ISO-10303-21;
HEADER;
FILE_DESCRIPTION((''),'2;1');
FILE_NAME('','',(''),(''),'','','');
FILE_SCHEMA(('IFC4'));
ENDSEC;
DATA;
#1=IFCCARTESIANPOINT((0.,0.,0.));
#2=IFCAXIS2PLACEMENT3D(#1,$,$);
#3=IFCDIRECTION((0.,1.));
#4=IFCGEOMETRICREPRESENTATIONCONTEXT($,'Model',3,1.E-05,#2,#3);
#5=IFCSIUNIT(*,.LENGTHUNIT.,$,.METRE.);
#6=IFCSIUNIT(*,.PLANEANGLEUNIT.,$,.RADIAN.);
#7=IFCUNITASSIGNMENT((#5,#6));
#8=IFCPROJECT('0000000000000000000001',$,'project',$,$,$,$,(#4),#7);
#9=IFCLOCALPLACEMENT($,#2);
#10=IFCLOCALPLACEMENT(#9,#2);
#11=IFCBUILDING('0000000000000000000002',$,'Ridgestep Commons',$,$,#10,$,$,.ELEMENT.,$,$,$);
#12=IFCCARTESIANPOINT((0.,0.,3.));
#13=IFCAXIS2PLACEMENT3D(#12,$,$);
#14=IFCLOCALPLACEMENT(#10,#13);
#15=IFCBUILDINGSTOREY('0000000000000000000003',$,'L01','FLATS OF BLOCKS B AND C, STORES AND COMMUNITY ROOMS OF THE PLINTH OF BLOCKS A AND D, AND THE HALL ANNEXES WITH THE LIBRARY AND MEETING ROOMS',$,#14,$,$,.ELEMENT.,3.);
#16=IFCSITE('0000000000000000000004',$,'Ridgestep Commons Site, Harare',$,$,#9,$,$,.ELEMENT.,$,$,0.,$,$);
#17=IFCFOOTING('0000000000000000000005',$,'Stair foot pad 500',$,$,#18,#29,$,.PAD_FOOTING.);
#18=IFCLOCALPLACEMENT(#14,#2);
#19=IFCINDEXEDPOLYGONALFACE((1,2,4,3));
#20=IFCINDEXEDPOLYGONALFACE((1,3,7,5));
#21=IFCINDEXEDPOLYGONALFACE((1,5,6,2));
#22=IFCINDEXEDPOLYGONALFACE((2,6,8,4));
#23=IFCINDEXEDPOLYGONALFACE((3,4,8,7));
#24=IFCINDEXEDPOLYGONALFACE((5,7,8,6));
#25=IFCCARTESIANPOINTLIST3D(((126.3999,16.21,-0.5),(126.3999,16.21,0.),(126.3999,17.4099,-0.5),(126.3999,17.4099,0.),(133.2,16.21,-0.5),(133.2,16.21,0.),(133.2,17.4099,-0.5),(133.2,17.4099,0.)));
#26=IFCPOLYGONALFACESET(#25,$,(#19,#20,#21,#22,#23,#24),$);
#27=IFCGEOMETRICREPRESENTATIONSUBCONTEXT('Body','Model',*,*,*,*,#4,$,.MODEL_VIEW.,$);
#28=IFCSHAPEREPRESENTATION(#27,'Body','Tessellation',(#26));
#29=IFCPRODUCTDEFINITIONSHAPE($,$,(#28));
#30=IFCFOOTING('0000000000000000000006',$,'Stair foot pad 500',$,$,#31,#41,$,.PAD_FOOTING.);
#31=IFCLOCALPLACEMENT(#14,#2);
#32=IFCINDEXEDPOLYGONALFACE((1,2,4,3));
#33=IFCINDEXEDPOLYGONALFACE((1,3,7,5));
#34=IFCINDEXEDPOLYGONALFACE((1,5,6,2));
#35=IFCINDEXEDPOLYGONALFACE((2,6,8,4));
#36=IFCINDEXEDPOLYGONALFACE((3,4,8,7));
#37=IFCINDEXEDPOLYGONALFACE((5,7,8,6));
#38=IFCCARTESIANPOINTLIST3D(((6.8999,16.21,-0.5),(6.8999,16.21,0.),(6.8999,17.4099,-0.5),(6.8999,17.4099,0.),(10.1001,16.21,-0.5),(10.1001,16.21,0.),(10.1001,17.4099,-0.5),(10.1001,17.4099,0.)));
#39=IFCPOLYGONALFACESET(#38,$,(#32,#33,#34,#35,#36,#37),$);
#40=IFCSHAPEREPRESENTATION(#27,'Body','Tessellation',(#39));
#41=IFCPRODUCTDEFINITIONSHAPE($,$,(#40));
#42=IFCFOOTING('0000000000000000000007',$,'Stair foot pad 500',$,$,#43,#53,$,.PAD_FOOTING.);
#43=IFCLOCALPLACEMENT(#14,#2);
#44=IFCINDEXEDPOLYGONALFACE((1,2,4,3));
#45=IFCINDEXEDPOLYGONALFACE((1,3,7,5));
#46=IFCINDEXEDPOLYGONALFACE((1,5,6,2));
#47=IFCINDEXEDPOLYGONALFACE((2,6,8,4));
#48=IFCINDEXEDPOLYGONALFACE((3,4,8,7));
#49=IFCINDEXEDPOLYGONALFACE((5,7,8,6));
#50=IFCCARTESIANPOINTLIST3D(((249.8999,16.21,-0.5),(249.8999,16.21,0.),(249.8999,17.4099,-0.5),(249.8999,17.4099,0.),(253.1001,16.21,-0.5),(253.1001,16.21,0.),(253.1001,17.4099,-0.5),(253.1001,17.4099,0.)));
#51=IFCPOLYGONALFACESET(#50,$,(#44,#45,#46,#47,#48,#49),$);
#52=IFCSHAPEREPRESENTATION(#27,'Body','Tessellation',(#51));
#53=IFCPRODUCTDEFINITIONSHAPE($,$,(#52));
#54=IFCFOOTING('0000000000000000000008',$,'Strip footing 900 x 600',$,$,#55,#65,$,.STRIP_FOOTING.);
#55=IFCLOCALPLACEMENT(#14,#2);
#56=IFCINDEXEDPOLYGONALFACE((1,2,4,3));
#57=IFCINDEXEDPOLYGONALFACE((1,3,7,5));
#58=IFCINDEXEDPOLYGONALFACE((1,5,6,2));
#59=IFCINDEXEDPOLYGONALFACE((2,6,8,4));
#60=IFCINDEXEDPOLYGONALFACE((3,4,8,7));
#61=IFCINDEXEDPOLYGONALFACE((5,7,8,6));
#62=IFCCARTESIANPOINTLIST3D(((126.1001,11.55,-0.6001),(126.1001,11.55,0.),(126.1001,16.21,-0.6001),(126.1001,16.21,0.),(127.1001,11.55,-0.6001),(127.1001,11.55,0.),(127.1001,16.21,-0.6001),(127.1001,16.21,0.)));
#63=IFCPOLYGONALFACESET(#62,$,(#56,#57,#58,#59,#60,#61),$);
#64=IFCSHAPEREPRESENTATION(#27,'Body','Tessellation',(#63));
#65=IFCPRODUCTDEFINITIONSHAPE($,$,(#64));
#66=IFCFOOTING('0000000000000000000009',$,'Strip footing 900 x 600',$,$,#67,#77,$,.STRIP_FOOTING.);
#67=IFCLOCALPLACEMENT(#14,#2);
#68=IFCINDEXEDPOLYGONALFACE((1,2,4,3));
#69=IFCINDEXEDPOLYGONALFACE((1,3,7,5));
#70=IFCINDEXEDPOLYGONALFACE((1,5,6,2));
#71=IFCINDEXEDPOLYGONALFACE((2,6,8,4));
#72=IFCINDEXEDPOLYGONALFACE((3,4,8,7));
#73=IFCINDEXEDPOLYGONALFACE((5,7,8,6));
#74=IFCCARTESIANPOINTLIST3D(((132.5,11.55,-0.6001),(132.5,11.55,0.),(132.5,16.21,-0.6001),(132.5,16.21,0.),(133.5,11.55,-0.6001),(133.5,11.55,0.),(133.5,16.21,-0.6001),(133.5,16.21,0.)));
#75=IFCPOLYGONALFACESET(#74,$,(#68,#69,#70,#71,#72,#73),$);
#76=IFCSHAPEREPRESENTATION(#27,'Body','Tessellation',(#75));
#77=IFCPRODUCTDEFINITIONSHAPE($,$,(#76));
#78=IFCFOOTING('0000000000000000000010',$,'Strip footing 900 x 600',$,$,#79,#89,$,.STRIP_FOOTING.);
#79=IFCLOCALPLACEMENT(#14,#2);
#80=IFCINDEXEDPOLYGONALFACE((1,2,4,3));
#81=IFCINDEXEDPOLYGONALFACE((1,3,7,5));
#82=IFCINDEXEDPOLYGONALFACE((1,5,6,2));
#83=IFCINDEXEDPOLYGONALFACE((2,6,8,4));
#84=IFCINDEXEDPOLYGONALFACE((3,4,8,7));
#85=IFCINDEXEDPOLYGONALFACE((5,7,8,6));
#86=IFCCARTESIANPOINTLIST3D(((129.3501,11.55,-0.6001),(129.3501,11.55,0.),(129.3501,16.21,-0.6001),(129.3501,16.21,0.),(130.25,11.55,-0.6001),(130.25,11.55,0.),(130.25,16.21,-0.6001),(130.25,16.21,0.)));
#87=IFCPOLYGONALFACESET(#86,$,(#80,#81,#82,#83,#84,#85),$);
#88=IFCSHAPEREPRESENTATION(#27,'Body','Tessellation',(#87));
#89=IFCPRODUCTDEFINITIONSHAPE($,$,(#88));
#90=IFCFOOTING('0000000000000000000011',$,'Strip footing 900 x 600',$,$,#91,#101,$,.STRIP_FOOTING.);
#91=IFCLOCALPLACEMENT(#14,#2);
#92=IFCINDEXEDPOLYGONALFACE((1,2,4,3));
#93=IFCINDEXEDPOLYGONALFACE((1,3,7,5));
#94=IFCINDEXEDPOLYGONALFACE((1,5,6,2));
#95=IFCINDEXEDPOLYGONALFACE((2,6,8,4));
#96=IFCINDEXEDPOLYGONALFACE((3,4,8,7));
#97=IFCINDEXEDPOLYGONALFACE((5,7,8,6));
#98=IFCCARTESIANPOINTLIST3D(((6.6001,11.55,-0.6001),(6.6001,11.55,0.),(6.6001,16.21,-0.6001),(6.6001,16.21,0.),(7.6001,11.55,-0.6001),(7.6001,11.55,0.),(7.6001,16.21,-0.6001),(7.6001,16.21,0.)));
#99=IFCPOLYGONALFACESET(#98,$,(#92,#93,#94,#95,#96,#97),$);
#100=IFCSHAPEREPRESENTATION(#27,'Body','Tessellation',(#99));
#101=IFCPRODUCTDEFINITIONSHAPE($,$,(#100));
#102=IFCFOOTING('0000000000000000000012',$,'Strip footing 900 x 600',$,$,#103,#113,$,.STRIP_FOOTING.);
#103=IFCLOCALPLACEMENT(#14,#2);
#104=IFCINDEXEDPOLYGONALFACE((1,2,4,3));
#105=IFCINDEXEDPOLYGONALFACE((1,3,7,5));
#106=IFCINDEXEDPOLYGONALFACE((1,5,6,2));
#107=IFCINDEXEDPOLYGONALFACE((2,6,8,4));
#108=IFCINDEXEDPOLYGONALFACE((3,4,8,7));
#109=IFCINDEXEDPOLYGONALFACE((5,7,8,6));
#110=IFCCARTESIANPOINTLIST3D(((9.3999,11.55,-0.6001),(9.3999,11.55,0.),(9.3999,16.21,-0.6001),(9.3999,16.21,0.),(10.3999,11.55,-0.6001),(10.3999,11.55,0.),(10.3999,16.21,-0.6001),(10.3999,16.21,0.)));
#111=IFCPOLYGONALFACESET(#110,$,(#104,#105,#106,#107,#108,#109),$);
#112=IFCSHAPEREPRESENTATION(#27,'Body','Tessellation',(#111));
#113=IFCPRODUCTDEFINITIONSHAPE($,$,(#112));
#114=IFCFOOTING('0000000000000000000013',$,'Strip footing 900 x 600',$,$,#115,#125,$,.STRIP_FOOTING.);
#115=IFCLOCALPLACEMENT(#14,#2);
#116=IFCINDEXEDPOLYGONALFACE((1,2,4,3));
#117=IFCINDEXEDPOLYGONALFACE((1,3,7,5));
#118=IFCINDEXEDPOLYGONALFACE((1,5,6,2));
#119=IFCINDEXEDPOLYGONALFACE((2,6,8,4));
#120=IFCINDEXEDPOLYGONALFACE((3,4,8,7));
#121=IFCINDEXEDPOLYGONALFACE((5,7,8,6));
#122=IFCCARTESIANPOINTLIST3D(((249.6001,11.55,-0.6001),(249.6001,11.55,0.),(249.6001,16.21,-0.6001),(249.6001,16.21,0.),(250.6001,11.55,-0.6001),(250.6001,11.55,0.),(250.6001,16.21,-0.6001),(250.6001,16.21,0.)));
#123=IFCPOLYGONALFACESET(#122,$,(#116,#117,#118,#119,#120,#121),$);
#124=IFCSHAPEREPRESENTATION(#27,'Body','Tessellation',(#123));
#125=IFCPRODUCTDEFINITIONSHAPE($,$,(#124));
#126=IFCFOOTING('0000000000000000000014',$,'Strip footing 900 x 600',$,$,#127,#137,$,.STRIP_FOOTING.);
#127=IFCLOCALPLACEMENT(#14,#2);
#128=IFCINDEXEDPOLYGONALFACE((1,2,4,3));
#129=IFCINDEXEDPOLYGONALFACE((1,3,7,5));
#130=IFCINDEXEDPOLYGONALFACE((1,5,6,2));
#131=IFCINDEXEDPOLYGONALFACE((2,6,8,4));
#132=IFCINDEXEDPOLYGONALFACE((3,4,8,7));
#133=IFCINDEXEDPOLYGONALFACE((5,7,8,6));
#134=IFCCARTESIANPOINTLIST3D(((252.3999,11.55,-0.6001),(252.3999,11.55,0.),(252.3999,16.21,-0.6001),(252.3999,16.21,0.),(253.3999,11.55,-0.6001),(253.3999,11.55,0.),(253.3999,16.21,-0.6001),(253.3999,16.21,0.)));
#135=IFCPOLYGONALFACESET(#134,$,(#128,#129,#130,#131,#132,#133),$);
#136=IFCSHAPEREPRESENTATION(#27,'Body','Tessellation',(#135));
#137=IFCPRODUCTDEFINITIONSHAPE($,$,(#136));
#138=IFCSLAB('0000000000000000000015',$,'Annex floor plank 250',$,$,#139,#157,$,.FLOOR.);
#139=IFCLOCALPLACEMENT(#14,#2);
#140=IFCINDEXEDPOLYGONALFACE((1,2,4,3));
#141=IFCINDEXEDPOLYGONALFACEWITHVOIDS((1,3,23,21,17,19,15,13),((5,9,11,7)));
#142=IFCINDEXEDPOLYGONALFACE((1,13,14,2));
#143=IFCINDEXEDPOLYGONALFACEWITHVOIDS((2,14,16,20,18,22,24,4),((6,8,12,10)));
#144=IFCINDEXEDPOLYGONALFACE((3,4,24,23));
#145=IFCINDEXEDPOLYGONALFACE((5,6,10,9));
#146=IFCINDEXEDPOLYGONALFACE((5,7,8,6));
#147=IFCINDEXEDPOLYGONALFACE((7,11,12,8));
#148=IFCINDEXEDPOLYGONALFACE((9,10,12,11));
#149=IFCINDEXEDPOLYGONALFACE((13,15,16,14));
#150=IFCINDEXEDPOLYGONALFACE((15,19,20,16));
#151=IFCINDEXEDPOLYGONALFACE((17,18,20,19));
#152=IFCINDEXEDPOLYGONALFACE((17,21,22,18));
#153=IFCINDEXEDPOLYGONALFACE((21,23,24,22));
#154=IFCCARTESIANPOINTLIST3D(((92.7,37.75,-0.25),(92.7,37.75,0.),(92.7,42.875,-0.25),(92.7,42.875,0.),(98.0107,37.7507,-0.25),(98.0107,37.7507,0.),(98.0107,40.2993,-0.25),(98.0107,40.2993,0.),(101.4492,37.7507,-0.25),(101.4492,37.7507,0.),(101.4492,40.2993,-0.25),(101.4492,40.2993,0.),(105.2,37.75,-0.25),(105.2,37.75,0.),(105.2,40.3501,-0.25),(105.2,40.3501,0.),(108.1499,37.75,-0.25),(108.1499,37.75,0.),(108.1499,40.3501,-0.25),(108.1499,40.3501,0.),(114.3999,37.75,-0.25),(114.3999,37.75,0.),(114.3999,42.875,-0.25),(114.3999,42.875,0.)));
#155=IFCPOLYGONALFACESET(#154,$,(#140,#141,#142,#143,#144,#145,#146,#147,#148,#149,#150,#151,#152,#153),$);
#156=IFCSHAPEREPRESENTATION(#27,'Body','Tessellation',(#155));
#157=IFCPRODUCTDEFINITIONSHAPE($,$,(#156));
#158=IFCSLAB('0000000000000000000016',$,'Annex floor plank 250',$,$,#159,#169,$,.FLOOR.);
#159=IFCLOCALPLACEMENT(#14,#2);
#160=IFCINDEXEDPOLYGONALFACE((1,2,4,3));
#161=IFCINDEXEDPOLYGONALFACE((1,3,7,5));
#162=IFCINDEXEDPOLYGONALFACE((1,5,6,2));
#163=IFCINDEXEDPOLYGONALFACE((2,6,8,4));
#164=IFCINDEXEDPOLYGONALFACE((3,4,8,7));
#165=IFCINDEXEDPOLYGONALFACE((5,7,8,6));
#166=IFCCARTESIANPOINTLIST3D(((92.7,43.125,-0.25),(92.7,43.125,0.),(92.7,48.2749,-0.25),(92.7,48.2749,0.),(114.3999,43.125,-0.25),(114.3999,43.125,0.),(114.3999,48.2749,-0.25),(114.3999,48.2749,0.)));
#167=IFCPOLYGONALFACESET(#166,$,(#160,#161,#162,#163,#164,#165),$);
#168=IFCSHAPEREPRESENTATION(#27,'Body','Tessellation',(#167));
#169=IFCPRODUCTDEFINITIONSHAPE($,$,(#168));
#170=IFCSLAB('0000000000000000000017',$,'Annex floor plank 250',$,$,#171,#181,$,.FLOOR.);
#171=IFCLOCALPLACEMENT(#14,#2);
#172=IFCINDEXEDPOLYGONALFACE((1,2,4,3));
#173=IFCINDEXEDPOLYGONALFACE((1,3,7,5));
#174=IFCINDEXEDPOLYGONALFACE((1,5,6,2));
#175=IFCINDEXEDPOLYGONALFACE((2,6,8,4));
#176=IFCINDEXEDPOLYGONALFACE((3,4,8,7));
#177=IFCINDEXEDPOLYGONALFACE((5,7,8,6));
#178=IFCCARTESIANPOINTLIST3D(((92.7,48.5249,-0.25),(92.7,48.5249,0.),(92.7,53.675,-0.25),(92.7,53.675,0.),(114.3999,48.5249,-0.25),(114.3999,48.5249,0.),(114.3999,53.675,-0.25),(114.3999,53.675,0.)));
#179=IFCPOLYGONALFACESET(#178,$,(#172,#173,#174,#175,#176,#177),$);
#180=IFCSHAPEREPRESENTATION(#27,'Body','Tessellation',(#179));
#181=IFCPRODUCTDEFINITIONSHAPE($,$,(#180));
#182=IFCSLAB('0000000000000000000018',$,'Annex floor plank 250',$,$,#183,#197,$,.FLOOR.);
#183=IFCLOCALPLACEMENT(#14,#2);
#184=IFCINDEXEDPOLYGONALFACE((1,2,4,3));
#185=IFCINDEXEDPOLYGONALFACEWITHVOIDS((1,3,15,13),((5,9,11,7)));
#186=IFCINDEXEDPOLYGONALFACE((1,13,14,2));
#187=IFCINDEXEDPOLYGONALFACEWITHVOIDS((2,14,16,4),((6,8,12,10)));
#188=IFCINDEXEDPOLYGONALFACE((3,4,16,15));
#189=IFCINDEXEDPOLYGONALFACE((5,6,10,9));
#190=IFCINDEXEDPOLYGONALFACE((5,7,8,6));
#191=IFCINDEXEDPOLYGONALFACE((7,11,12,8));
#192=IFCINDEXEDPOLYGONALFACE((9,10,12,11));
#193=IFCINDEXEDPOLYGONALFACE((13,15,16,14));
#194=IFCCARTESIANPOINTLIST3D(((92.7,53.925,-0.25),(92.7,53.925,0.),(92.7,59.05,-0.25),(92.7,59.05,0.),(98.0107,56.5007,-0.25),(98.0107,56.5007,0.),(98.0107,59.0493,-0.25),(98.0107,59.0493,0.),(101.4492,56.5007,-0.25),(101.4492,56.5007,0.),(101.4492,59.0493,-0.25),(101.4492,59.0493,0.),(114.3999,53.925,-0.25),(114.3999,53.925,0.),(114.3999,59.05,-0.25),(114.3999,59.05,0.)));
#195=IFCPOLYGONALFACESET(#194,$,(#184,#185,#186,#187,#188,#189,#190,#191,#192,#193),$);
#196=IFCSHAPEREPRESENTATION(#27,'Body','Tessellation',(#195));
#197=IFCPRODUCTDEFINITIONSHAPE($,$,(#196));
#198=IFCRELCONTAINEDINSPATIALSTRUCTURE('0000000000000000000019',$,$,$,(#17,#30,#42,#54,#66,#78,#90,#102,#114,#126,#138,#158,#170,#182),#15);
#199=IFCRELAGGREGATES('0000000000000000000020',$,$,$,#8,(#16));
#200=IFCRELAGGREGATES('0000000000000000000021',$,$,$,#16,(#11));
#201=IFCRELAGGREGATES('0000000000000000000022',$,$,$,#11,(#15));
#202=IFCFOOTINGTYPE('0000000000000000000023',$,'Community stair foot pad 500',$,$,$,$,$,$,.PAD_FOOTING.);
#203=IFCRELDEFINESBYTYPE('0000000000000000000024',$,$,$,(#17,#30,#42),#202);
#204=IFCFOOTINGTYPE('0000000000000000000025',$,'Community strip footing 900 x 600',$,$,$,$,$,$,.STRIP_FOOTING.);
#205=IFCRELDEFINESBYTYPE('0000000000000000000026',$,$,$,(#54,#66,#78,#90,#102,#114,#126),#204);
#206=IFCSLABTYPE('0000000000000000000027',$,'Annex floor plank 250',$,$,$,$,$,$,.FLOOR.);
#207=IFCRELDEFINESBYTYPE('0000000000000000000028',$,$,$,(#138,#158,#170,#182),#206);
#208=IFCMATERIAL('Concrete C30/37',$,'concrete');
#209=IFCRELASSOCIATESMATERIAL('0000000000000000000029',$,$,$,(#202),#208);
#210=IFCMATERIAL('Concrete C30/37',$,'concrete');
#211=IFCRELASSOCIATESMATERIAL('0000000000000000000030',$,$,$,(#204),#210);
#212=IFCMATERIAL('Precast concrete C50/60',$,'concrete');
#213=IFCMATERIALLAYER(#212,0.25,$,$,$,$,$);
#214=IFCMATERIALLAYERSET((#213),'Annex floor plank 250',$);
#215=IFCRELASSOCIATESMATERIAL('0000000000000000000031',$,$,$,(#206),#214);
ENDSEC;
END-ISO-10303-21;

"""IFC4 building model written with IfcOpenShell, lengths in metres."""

from ifc_helpers import new_model, si_unit, direction, frame, origin, place, context, subcontext, project, spatial, polyline, outline, extrude, material, layer, layer_set, type_object, element, save


model = new_model("IFC4")

# Units and contexts
model_context = context("Model", 3, precision=1e-05, world=origin(), true_north=direction((0.0, 1.0)))
body_context = subcontext(model_context, "Body", "Model", "MODEL_VIEW")
ifc_project = project(units=[si_unit("LENGTHUNIT", "METRE"), si_unit("PLANEANGLEUNIT", "RADIAN")], contexts=[model_context])

# Site, building, storey
site_placement = place(None, origin())
site = spatial("IfcSite", under=ifc_project, at=site_placement, Name="Ridgestep Commons Site, Harare", CompositionType="ELEMENT", RefElevation=0.0)
building_placement = place(site_placement, origin())
building = spatial("IfcBuilding", under=site, at=building_placement, Name="Ridgestep Commons", CompositionType="ELEMENT")
storey_placement = place(building_placement, frame((0.0, 0.0, 3.0)))
storey = spatial("IfcBuildingStorey", under=building, at=storey_placement, Name="L01", Description="FLATS OF BLOCKS B AND C, STORES AND COMMUNITY ROOMS OF THE PLINTH OF BLOCKS A AND D, AND THE HALL ANNEXES WITH THE LIBRARY AND MEETING ROOMS", CompositionType="ELEMENT", Elevation=3.0)

# Footings
ifc_material_1 = material(Name="Concrete C30/37", Category="concrete")
footing_type_1 = type_object("IfcFootingType", Name="Community stair foot pad 500", PredefinedType="PAD_FOOTING", material=ifc_material_1)
footing_1_placement = place(storey_placement, frame((0.0, 0.0, -0.5)))
element("IfcFooting", 1, at=footing_1_placement, inside=storey, type_object=footing_type_1, Name="Stair foot pad 500", PredefinedType="PAD_FOOTING", context=body_context, shape_type="SweptSolid", body=[
    extrude(outline(polyline([(126.3999, 16.21), (133.2, 16.21), (133.2, 17.4099), (126.3999, 17.4099), (126.3999, 16.21)])), origin(), (0.0, 0.0, 1.0), 0.5),
])
footing_2_placement = place(storey_placement, frame((0.0, 0.0, -0.5)))
element("IfcFooting", 2, at=footing_2_placement, inside=storey, type_object=footing_type_1, Name="Stair foot pad 500", PredefinedType="PAD_FOOTING", context=body_context, shape_type="SweptSolid", body=[
    extrude(outline(polyline([(6.8999, 16.21), (10.1001, 16.21), (10.1001, 17.4099), (6.8999, 17.4099), (6.8999, 16.21)])), origin(), (0.0, 0.0, 1.0), 0.5),
])
footing_3_placement = place(storey_placement, frame((0.0, 0.0, -0.5)))
element("IfcFooting", 3, at=footing_3_placement, inside=storey, type_object=footing_type_1, Name="Stair foot pad 500", PredefinedType="PAD_FOOTING", context=body_context, shape_type="SweptSolid", body=[
    extrude(outline(polyline([(249.8999, 16.21), (253.1001, 16.21), (253.1001, 17.4099), (249.8999, 17.4099), (249.8999, 16.21)])), origin(), (0.0, 0.0, 1.0), 0.5),
])
ifc_material_2 = material(Name="Concrete C30/37", Category="concrete")
footing_type_2 = type_object("IfcFootingType", Name="Community strip footing 900 x 600", PredefinedType="STRIP_FOOTING", material=ifc_material_2)
footing_4_placement = place(storey_placement, frame((0.0, 0.0, -0.6001)))
element("IfcFooting", 4, at=footing_4_placement, inside=storey, type_object=footing_type_2, Name="Strip footing 900 x 600", PredefinedType="STRIP_FOOTING", context=body_context, shape_type="SweptSolid", body=[
    extrude(outline(polyline([(126.1001, 11.55), (127.1001, 11.55), (127.1001, 16.21), (126.1001, 16.21), (126.1001, 11.55)])), origin(), (0.0, 0.0, 1.0), 0.6001),
])
footing_5_placement = place(storey_placement, frame((0.0, 0.0, -0.6001)))
element("IfcFooting", 5, at=footing_5_placement, inside=storey, type_object=footing_type_2, Name="Strip footing 900 x 600", PredefinedType="STRIP_FOOTING", context=body_context, shape_type="SweptSolid", body=[
    extrude(outline(polyline([(132.5, 11.55), (133.5, 11.55), (133.5, 16.21), (132.5, 16.21), (132.5, 11.55)])), origin(), (0.0, 0.0, 1.0), 0.6001),
])
footing_6_placement = place(storey_placement, frame((0.0, 0.0, -0.6001)))
element("IfcFooting", 6, at=footing_6_placement, inside=storey, type_object=footing_type_2, Name="Strip footing 900 x 600", PredefinedType="STRIP_FOOTING", context=body_context, shape_type="SweptSolid", body=[
    extrude(outline(polyline([(129.3501, 11.55), (130.25, 11.55), (130.25, 16.21), (129.3501, 16.21), (129.3501, 11.55)])), origin(), (0.0, 0.0, 1.0), 0.6001),
])
footing_7_placement = place(storey_placement, frame((0.0, 0.0, -0.6001)))
element("IfcFooting", 7, at=footing_7_placement, inside=storey, type_object=footing_type_2, Name="Strip footing 900 x 600", PredefinedType="STRIP_FOOTING", context=body_context, shape_type="SweptSolid", body=[
    extrude(outline(polyline([(6.6001, 11.55), (7.6001, 11.55), (7.6001, 16.21), (6.6001, 16.21), (6.6001, 11.55)])), origin(), (0.0, 0.0, 1.0), 0.6001),
])
footing_8_placement = place(storey_placement, frame((0.0, 0.0, -0.6001)))
element("IfcFooting", 8, at=footing_8_placement, inside=storey, type_object=footing_type_2, Name="Strip footing 900 x 600", PredefinedType="STRIP_FOOTING", context=body_context, shape_type="SweptSolid", body=[
    extrude(outline(polyline([(9.3999, 11.55), (10.3999, 11.55), (10.3999, 16.21), (9.3999, 16.21), (9.3999, 11.55)])), origin(), (0.0, 0.0, 1.0), 0.6001),
])
footing_9_placement = place(storey_placement, frame((0.0, 0.0, -0.6001)))
element("IfcFooting", 9, at=footing_9_placement, inside=storey, type_object=footing_type_2, Name="Strip footing 900 x 600", PredefinedType="STRIP_FOOTING", context=body_context, shape_type="SweptSolid", body=[
    extrude(outline(polyline([(249.6001, 11.55), (250.6001, 11.55), (250.6001, 16.21), (249.6001, 16.21), (249.6001, 11.55)])), origin(), (0.0, 0.0, 1.0), 0.6001),
])
footing_10_placement = place(storey_placement, frame((0.0, 0.0, -0.6001)))
element("IfcFooting", 10, at=footing_10_placement, inside=storey, type_object=footing_type_2, Name="Strip footing 900 x 600", PredefinedType="STRIP_FOOTING", context=body_context, shape_type="SweptSolid", body=[
    extrude(outline(polyline([(252.3999, 11.55), (253.3999, 11.55), (253.3999, 16.21), (252.3999, 16.21), (252.3999, 11.55)])), origin(), (0.0, 0.0, 1.0), 0.6001),
])

# Slabs
ifc_material_3 = material(Name="Precast concrete C50/60", Category="concrete")
ifc_layer_1 = layer(ifc_material_3, 0.25)
ifc_layer_set_1 = layer_set([ifc_layer_1], Name="Annex floor plank 250")
slab_type_1 = type_object("IfcSlabType", Name="Annex floor plank 250", PredefinedType="FLOOR", material=ifc_layer_set_1)
slab_1_placement = place(storey_placement, frame((0.0, 0.0, -0.25)))
element("IfcSlab", 11, at=slab_1_placement, inside=storey, type_object=slab_type_1, Name="Annex floor plank 250", PredefinedType="FLOOR", context=body_context, shape_type="SweptSolid", body=[
    extrude(outline(polyline([(114.3999, 42.875), (114.3999, 37.75), (108.1499, 37.75), (108.1499, 40.3501), (105.2, 40.3501), (105.2, 37.75), (92.7, 37.75), (92.7, 42.875), (114.3999, 42.875)]), holes=[polyline([(98.0107, 37.7507), (101.4492, 37.7507), (101.4492, 40.2993), (98.0107, 40.2993), (98.0107, 37.7507)])]), origin(), (0.0, 0.0, 1.0), 0.25),
])
slab_2_placement = place(storey_placement, frame((0.0, 0.0, -0.25)))
element("IfcSlab", 12, at=slab_2_placement, inside=storey, type_object=slab_type_1, Name="Annex floor plank 250", PredefinedType="FLOOR", context=body_context, shape_type="SweptSolid", body=[
    extrude(outline(polyline([(92.7, 43.125), (114.3999, 43.125), (114.3999, 48.2749), (92.7, 48.2749), (92.7, 43.125)])), origin(), (0.0, 0.0, 1.0), 0.25),
])
slab_3_placement = place(storey_placement, frame((0.0, 0.0, -0.25)))
element("IfcSlab", 13, at=slab_3_placement, inside=storey, type_object=slab_type_1, Name="Annex floor plank 250", PredefinedType="FLOOR", context=body_context, shape_type="SweptSolid", body=[
    extrude(outline(polyline([(92.7, 48.5249), (114.3999, 48.5249), (114.3999, 53.675), (92.7, 53.675), (92.7, 48.5249)])), origin(), (0.0, 0.0, 1.0), 0.25),
])
slab_4_placement = place(storey_placement, frame((0.0, 0.0, -0.25)))
element("IfcSlab", 14, at=slab_4_placement, inside=storey, type_object=slab_type_1, Name="Annex floor plank 250", PredefinedType="FLOOR", context=body_context, shape_type="SweptSolid", body=[
    extrude(outline(polyline([(92.7, 59.05), (114.3999, 59.05), (114.3999, 53.925), (92.7, 53.925), (92.7, 59.05)]), holes=[polyline([(98.0107, 59.0493), (98.0107, 56.5007), (101.4492, 56.5007), (101.4492, 59.0493), (98.0107, 59.0493)])]), origin(), (0.0, 0.0, 1.0), 0.25),
])

save(model, "model.ifc")
